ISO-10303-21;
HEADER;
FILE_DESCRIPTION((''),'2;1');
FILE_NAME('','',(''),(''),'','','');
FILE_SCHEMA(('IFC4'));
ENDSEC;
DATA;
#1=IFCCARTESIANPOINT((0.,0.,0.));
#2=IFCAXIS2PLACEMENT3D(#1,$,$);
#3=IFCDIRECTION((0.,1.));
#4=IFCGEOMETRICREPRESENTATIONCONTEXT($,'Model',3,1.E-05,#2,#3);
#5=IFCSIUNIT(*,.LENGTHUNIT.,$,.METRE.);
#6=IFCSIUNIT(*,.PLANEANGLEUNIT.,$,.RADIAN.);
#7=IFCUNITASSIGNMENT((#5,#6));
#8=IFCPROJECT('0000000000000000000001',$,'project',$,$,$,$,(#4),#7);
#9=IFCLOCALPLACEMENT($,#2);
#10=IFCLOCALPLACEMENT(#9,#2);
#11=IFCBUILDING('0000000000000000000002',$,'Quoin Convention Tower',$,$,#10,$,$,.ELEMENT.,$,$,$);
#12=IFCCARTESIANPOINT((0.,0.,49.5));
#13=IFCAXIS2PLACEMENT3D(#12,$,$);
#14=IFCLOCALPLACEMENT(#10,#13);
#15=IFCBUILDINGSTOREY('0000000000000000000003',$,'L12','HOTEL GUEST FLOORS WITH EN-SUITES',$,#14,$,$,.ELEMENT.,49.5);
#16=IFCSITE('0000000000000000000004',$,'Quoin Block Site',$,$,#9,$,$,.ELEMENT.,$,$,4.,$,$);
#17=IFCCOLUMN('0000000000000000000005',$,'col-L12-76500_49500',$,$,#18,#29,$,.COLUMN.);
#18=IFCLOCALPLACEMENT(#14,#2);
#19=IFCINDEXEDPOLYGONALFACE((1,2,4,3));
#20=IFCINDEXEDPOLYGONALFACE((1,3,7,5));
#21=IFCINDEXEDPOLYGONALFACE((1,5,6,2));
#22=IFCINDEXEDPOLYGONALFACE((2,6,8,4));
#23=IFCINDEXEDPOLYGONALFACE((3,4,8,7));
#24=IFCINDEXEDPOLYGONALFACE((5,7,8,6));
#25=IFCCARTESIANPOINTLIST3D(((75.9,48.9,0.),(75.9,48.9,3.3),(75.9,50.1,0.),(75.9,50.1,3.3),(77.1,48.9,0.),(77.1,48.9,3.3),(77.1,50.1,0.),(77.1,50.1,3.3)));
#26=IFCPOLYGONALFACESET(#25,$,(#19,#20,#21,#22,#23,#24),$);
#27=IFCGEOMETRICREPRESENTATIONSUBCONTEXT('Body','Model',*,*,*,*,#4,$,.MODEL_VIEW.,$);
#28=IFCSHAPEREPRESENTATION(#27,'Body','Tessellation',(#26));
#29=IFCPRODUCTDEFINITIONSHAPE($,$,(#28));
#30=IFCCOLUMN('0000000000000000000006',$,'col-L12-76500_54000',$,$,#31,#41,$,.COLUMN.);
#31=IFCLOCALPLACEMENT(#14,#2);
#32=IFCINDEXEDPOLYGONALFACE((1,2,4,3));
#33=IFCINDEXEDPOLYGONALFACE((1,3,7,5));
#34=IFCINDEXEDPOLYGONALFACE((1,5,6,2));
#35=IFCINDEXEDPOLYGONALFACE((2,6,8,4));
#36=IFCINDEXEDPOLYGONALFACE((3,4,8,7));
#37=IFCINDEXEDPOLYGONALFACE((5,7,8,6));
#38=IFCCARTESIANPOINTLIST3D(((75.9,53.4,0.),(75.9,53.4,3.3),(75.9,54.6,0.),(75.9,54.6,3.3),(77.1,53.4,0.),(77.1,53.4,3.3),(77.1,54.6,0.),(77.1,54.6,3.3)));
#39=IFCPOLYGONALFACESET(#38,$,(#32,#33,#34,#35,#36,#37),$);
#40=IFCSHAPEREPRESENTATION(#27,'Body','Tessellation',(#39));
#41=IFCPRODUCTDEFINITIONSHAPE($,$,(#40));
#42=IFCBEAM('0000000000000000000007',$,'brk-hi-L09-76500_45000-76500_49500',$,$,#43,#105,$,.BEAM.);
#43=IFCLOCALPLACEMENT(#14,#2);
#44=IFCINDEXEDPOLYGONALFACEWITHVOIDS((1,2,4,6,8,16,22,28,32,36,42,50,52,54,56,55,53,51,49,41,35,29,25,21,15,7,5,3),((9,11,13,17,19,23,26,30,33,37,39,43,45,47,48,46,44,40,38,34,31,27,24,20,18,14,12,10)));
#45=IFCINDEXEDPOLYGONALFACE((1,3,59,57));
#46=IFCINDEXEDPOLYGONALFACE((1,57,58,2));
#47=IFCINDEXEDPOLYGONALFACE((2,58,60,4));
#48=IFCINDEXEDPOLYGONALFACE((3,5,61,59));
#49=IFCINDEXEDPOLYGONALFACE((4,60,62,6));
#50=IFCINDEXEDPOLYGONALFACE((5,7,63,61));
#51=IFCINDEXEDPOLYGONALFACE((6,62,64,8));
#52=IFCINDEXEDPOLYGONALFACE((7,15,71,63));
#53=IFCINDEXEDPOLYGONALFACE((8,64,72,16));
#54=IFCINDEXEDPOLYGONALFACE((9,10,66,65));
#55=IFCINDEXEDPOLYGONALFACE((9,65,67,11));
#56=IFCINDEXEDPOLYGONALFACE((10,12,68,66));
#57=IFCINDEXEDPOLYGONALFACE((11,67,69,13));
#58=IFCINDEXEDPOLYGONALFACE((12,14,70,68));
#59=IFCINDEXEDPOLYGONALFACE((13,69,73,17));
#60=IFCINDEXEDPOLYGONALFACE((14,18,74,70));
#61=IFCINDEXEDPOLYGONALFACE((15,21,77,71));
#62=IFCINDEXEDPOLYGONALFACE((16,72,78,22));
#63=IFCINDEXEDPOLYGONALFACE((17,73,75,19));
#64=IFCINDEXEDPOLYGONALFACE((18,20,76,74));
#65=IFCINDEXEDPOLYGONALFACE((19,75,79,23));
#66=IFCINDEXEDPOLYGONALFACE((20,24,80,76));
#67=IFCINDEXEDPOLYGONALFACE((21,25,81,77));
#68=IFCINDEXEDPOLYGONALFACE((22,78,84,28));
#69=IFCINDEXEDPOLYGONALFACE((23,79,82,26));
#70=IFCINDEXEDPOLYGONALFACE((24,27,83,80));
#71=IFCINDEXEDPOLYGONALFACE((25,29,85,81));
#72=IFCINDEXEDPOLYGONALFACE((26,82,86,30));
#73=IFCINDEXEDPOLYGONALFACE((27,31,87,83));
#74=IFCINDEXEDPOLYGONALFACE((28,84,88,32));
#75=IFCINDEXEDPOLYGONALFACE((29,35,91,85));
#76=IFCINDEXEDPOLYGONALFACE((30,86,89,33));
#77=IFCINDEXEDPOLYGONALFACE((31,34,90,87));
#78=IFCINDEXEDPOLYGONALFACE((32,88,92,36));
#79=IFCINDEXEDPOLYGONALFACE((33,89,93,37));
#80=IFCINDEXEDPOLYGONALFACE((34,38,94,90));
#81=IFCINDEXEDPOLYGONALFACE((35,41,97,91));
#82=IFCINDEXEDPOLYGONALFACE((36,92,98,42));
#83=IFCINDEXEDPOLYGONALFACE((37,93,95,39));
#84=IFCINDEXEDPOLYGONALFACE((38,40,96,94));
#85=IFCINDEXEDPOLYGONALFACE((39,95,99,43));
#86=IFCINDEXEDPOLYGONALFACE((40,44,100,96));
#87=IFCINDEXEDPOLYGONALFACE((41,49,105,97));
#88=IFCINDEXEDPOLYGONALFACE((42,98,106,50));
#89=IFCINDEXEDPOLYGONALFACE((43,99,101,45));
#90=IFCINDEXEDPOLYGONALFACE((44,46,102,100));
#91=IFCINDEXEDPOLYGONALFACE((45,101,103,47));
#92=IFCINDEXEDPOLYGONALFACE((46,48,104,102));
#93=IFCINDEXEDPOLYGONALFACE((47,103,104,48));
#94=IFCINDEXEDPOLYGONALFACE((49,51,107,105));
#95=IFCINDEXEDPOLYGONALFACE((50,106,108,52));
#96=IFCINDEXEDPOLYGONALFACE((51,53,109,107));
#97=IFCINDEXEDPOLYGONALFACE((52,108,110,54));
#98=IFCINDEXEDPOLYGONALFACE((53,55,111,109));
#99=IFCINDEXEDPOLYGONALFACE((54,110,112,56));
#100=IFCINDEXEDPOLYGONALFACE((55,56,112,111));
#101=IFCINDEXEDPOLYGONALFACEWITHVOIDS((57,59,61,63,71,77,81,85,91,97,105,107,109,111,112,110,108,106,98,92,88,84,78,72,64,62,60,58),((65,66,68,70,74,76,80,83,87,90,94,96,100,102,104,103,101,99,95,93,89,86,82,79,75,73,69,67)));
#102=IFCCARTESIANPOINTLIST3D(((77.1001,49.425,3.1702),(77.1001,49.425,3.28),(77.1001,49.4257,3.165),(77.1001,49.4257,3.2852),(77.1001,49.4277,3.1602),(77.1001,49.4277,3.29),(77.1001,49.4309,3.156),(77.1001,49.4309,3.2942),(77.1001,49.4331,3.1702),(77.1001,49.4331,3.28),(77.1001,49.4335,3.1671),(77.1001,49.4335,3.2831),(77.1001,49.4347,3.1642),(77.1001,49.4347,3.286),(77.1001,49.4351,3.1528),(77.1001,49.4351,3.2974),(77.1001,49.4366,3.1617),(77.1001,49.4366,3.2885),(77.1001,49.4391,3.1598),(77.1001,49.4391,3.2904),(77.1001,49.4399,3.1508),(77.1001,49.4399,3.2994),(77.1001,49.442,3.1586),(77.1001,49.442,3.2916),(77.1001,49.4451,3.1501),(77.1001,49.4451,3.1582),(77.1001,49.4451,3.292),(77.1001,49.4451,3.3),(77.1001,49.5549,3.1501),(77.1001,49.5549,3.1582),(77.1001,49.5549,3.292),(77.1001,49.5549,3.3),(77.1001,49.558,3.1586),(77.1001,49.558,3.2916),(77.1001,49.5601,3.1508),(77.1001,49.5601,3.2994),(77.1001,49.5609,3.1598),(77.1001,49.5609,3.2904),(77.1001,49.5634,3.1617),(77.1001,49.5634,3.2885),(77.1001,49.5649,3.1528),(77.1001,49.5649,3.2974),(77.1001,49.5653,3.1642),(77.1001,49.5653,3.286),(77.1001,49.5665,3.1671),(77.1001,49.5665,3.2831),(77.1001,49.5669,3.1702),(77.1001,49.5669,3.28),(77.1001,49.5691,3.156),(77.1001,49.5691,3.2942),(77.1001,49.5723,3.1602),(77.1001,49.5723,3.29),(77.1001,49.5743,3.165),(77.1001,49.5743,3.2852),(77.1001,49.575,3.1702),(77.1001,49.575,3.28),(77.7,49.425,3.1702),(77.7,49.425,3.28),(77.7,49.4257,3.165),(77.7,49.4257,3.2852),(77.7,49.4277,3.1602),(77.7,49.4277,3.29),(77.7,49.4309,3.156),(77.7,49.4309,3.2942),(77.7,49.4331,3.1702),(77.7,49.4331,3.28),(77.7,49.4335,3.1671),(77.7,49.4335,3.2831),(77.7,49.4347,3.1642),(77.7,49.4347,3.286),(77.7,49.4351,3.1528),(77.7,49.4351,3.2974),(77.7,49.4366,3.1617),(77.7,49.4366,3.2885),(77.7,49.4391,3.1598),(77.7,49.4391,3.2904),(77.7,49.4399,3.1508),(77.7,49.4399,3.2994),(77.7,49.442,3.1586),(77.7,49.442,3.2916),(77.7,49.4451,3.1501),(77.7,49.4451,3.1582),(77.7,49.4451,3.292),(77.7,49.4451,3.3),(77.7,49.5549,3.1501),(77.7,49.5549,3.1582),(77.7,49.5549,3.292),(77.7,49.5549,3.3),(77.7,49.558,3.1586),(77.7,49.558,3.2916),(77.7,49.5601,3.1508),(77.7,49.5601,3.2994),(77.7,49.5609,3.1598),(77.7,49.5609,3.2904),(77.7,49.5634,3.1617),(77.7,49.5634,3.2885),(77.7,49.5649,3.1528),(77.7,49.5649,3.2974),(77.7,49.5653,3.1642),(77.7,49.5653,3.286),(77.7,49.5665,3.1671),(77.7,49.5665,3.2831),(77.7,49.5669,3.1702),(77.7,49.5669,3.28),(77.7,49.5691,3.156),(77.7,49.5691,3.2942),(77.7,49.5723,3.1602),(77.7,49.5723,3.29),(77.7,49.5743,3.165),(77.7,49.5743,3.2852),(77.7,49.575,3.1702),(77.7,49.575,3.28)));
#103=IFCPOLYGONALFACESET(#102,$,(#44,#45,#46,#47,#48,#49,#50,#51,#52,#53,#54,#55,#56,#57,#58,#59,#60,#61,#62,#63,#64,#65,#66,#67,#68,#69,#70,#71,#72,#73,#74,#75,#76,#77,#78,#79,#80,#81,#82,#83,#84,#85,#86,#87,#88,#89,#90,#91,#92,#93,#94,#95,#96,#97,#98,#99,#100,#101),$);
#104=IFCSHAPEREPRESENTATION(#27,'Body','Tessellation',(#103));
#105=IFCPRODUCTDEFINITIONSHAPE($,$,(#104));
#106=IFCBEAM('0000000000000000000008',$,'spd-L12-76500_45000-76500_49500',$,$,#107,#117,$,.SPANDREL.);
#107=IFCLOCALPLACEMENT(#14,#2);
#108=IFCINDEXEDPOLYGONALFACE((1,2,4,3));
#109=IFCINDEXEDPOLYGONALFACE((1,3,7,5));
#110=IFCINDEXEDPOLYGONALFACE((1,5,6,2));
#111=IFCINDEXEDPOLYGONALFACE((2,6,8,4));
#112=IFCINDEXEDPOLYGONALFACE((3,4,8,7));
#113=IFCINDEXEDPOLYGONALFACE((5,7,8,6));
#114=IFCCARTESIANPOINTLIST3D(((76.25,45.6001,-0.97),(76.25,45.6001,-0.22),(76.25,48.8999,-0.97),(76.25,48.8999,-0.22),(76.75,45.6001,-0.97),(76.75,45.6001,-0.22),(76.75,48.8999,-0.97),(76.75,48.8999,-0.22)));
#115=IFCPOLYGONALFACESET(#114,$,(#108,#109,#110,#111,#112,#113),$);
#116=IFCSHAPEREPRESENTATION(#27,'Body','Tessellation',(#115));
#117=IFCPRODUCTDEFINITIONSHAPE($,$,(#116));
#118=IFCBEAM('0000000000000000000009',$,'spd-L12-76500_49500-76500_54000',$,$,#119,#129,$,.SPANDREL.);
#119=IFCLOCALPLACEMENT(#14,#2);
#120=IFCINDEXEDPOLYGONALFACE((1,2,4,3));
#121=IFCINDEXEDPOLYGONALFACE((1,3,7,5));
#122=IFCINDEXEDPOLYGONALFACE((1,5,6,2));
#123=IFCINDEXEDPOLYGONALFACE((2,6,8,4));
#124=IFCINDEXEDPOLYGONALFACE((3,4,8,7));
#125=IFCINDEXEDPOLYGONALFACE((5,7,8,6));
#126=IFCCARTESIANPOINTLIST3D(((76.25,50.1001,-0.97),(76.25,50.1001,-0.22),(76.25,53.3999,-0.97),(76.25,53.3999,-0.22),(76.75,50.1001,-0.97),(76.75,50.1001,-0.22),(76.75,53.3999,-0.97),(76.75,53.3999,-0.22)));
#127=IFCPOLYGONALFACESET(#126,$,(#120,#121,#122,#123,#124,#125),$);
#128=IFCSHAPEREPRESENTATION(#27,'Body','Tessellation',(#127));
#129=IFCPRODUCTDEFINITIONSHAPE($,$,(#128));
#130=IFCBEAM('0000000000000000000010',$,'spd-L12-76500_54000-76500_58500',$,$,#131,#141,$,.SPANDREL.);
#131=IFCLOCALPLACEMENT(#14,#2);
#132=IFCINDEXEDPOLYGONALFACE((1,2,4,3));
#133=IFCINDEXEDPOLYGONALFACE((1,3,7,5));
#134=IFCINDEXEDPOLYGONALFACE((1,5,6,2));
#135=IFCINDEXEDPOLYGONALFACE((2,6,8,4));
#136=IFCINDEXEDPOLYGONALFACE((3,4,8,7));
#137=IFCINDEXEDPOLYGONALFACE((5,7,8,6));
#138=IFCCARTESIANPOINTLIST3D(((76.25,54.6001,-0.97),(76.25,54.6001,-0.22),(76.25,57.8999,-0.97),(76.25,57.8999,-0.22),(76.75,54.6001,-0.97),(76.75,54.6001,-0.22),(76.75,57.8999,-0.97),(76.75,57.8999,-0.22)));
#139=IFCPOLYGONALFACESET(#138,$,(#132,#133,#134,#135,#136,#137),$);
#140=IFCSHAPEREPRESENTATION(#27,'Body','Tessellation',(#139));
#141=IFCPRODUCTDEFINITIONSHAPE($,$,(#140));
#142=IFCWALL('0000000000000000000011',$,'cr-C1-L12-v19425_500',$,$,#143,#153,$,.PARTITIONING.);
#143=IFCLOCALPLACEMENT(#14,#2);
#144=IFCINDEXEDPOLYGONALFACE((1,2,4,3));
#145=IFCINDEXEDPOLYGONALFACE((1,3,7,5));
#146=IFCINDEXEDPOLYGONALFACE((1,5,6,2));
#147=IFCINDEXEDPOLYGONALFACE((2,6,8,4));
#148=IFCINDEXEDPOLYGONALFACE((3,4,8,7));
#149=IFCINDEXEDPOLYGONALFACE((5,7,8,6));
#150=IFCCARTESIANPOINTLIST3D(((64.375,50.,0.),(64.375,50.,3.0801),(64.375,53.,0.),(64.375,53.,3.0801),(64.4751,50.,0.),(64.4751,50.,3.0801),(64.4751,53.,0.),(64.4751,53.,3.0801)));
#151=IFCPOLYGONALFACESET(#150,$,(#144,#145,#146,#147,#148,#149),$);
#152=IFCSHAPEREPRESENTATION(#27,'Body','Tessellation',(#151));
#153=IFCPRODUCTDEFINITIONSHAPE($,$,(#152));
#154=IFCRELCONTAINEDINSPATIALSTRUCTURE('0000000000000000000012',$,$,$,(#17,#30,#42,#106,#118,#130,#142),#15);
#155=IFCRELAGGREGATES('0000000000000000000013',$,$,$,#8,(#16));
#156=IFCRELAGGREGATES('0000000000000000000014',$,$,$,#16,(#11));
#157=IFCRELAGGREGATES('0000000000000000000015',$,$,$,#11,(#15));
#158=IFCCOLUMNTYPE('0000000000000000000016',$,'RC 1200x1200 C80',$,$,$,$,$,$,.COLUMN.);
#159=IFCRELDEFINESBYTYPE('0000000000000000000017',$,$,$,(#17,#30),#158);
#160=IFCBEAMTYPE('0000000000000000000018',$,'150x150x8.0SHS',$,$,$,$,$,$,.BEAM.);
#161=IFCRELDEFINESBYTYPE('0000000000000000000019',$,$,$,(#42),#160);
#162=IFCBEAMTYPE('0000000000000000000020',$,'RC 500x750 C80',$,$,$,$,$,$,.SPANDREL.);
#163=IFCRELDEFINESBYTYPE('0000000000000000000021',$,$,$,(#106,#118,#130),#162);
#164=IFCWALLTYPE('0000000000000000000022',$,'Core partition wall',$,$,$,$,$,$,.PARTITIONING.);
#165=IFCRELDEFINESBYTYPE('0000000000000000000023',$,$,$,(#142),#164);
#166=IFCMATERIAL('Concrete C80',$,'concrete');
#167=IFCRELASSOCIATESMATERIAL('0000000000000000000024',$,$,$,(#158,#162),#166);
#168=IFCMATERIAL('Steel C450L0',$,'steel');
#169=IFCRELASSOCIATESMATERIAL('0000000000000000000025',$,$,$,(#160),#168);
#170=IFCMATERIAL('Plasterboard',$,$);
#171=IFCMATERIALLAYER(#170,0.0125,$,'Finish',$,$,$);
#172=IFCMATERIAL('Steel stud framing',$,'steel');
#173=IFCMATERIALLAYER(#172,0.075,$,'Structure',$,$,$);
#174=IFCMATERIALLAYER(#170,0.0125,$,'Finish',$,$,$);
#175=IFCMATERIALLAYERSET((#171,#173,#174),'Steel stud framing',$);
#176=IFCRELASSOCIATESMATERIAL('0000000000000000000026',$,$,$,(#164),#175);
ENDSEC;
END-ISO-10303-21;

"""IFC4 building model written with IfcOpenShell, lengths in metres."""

from ifc_helpers import new_model, si_unit, direction, frame, frame_2d, origin, origin_2d, place, context, subcontext, project, spatial, rectangle, hollow_rectangle, extrude, material, layer, layer_set, material_profile, profile_set, type_object, element, save


model = new_model("IFC4")

# Units and contexts
model_context = context("Model", 3, precision=1e-05, world=origin(), true_north=direction((0.0, 1.0)))
body_context = subcontext(model_context, "Body", "Model", "MODEL_VIEW")
ifc_project = project(units=[si_unit("LENGTHUNIT", "METRE"), si_unit("PLANEANGLEUNIT", "RADIAN")], contexts=[model_context])

# Site, building, storey
site_placement = place(None, origin())
site = spatial("IfcSite", under=ifc_project, at=site_placement, Name="Quoin Block Site", CompositionType="ELEMENT", RefElevation=4.0)
building_placement = place(site_placement, origin())
building = spatial("IfcBuilding", under=site, at=building_placement, Name="Quoin Convention Tower", CompositionType="ELEMENT")
storey_placement = place(building_placement, frame((0.0, 0.0, 49.5)))
storey = spatial("IfcBuildingStorey", under=building, at=storey_placement, Name="L12", Description="HOTEL GUEST FLOORS WITH EN-SUITES", CompositionType="ELEMENT", Elevation=49.5)

# Columns
ifc_material_1 = material(Name="Concrete C80", Category="concrete")
ifc_material_profile_1 = material_profile(ifc_material_1, rectangle(XDim=1.2, YDim=1.2, at=origin_2d()), Name="RC 1200x1200")
ifc_profile_set_1 = profile_set([ifc_material_profile_1], Name="Concrete C80")
column_type = type_object("IfcColumnType", Name="RC 1200x1200 C80", PredefinedType="COLUMN", material=ifc_profile_set_1)
for number, where, z_axis, x_axis, name in (
    (1, (76.5, 49.5, 0.0), (0.0, 0.0, 1.0), (1.0, 0.0, 0.0), "col-L12-76500_49500"),
    (2, (76.5, 54.0, 0.0), (0.0, 0.0, 1.0), (1.0, 0.0, 0.0), "col-L12-76500_54000"),
):
    element("IfcColumn", number, at=place(storey_placement, frame(where, z_axis=z_axis, x_axis=x_axis)), inside=storey, type_object=column_type, Name=name, PredefinedType="COLUMN", context=body_context, shape_type="SweptSolid", body=[
        extrude(rectangle(XDim=1.2, YDim=1.2, at=origin_2d()), origin(), (0.0, 0.0, 1.0), 3.3),
    ])

# Beams
ifc_material_2 = material(Name="Steel C450L0", Category="steel")
ifc_material_profile_2 = material_profile(ifc_material_2, hollow_rectangle(XDim=0.1499, YDim=0.1499, WallThickness=0.0081, InnerFilletRadius=0.012, OuterFilletRadius=0.02, at=origin_2d()), Name="150x150x8.0SHS")
ifc_profile_set_2 = profile_set([ifc_material_profile_2], Name="Steel C450L0")
beam_type_1 = type_object("IfcBeamType", Name="150x150x8.0SHS", PredefinedType="BEAM", material=ifc_profile_set_2)
beam_placement = place(storey_placement, frame((77.1001, 49.5, 3.2251), z_axis=(1.0, 0.0, 0.0), x_axis=(0.0, 1.0, 0.0)))
element("IfcBeam", 3, at=beam_placement, inside=storey, type_object=beam_type_1, Name="brk-hi-L09-76500_45000-76500_49500", PredefinedType="BEAM", context=body_context, shape_type="SweptSolid", body=[
    extrude(hollow_rectangle(XDim=0.1499, YDim=0.1499, WallThickness=0.0081, InnerFilletRadius=0.012, OuterFilletRadius=0.02, at=origin_2d()), origin(), (0.0, 0.0, 1.0), 0.5999),
])
ifc_material_profile_3 = material_profile(ifc_material_1, rectangle(XDim=0.5, YDim=0.75, at=origin_2d()), Name="RC 500x750")
ifc_profile_set_3 = profile_set([ifc_material_profile_3], Name="Concrete C80")
beam_type_2 = type_object("IfcBeamType", Name="RC 500x750 C80", PredefinedType="SPANDREL", material=ifc_profile_set_3)
for number, where, z_axis, x_axis, name in (
    (4, (76.5, 45.6001, -0.595), (0.0, 1.0, 0.0), (-1.0, 0.0, 0.0), "spd-L12-76500_45000-76500_49500"),
    (5, (76.5, 50.1001, -0.595), (0.0, 1.0, 0.0), (-1.0, 0.0, 0.0), "spd-L12-76500_49500-76500_54000"),
    (6, (76.5, 54.6001, -0.595), (0.0, 1.0, 0.0), (-1.0, 0.0, 0.0), "spd-L12-76500_54000-76500_58500"),
):
    element("IfcBeam", number, at=place(storey_placement, frame(where, z_axis=z_axis, x_axis=x_axis)), inside=storey, type_object=beam_type_2, Name=name, PredefinedType="SPANDREL", context=body_context, shape_type="SweptSolid", body=[
        extrude(rectangle(XDim=0.5, YDim=0.75, at=origin_2d()), origin(), (0.0, 0.0, 1.0), 3.2998),
    ])

# Wall
ifc_material_3 = material(Name="Plasterboard")
ifc_layer_1 = layer(ifc_material_3, 0.0125, Name="Finish")
ifc_material_4 = material(Name="Steel stud framing", Category="steel")
ifc_layer_2 = layer(ifc_material_4, 0.075, Name="Structure")
ifc_layer_3 = layer(ifc_material_3, 0.0125, Name="Finish")
ifc_layer_set_1 = layer_set([ifc_layer_1, ifc_layer_2, ifc_layer_3], Name="Steel stud framing")
wall_type_1 = type_object("IfcWallType", Name="Core partition wall", PredefinedType="PARTITIONING", material=ifc_layer_set_1)
wall_1_placement = place(storey_placement, frame((64.425, 50.0, 0.0), z_axis=(0.0, 0.0, 1.0), x_axis=(0.0, 1.0, 0.0)))
element("IfcWall", 7, at=wall_1_placement, inside=storey, type_object=wall_type_1, Name="cr-C1-L12-v19425_500", PredefinedType="PARTITIONING", context=body_context, shape_type="SweptSolid", body=[
    extrude(rectangle(XDim=3.0, YDim=0.1001, at=frame_2d((1.5, 0.0))), origin(), (0.0, 0.0, 1.0), 3.0801),
])

save(model, "model.ifc")
